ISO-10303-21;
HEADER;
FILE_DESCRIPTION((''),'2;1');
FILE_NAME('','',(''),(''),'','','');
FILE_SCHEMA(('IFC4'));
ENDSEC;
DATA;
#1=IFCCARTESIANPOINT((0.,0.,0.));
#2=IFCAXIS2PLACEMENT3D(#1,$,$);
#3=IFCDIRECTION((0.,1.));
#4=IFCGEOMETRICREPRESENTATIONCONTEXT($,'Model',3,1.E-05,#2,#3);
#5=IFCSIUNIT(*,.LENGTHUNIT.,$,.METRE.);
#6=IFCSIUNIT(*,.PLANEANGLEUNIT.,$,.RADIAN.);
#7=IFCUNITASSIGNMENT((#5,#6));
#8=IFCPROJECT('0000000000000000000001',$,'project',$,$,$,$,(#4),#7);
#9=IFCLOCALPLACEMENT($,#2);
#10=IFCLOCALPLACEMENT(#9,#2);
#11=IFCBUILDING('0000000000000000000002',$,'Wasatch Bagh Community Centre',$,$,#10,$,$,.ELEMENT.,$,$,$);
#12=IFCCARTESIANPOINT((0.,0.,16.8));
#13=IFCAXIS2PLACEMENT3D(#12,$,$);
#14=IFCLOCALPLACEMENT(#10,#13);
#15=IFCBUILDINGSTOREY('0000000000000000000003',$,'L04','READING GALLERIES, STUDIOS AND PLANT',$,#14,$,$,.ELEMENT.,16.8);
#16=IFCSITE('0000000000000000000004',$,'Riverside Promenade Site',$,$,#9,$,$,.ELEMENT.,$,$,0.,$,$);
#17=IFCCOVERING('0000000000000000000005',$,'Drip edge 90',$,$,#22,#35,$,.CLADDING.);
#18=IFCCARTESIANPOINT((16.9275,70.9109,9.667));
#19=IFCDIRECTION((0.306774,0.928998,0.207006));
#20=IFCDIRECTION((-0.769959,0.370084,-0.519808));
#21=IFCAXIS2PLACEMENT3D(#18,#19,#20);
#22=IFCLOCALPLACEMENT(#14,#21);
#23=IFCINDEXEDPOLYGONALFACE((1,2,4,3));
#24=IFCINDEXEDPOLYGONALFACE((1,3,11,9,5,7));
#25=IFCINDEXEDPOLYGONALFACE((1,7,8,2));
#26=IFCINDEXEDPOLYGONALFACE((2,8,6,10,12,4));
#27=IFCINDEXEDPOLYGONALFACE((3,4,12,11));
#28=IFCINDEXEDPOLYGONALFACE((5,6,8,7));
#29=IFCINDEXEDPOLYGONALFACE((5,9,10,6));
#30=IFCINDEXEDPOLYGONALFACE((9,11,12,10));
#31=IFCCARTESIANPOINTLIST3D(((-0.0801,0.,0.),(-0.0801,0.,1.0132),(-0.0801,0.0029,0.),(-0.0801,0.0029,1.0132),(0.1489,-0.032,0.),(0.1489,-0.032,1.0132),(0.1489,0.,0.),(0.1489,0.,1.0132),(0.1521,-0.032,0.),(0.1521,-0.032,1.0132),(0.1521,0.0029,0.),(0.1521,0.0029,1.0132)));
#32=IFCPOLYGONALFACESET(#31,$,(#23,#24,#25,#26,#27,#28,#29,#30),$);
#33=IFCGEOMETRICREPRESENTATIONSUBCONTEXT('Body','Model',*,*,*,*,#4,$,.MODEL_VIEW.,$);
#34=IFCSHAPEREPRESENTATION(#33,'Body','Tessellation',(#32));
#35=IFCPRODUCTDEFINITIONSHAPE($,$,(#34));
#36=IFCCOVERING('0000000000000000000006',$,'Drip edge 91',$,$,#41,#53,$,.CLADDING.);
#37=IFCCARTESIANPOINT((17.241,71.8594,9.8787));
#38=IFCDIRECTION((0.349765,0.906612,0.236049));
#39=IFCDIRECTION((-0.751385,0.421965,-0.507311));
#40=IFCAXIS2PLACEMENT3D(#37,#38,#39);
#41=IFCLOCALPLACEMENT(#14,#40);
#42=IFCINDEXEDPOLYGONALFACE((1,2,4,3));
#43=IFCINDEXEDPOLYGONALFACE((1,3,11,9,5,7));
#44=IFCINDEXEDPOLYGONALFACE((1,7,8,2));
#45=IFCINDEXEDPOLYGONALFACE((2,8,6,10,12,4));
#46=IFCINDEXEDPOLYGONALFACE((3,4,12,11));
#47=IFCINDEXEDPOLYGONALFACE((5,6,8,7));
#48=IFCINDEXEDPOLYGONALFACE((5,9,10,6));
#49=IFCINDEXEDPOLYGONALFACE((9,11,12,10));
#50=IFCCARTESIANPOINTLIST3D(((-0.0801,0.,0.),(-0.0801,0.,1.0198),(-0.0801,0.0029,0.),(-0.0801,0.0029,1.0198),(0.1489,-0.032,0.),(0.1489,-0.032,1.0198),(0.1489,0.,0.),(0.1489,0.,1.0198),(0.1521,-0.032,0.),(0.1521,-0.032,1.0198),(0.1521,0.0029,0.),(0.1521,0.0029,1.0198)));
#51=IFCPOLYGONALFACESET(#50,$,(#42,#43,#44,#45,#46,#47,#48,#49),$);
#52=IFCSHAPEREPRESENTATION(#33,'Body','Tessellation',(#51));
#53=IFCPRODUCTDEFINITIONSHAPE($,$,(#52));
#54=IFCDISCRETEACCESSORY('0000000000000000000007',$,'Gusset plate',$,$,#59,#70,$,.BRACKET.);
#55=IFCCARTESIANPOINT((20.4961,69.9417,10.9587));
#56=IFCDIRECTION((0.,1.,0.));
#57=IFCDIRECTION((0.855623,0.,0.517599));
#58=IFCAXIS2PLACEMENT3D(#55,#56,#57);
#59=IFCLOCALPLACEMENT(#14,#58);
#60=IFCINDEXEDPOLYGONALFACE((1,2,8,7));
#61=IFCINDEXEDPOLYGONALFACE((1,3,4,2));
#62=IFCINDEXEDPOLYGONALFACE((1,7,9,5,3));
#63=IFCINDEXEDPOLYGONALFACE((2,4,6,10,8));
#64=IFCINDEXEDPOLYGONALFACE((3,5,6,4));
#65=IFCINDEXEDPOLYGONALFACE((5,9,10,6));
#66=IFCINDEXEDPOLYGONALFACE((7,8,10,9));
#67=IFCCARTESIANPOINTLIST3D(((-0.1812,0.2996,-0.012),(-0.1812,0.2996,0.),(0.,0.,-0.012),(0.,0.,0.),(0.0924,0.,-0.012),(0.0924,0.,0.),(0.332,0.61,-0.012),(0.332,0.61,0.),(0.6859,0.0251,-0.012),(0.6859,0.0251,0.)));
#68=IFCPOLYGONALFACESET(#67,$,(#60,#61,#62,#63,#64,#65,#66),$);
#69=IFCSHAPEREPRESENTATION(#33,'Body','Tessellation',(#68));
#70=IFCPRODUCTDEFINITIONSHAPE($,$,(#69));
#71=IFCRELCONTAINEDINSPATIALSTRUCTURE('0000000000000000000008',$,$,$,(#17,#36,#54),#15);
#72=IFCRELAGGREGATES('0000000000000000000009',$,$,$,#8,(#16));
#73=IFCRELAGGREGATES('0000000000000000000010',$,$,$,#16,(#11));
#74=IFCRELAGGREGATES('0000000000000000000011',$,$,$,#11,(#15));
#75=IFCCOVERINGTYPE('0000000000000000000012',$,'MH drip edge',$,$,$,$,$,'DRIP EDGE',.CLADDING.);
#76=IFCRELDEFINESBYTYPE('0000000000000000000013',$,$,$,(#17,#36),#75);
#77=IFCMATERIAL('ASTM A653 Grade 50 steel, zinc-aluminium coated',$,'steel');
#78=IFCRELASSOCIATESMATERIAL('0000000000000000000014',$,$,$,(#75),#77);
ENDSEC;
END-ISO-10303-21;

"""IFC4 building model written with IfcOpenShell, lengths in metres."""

from ifc_helpers import new_model, si_unit, direction, frame, origin, place, context, subcontext, project, spatial, polyline, outline, extrude, material, material_profile, profile_set, type_object, element, save


model = new_model("IFC4")

# Units and contexts
model_context = context("Model", 3, precision=1e-05, world=origin(), true_north=direction((0.0, 1.0)))
body_context = subcontext(model_context, "Body", "Model", "MODEL_VIEW")
ifc_project = project(units=[si_unit("LENGTHUNIT", "METRE"), si_unit("PLANEANGLEUNIT", "RADIAN")], contexts=[model_context])

# Site, building, storey
site_placement = place(None, origin())
site = spatial("IfcSite", under=ifc_project, at=site_placement, Name="Riverside Promenade Site", CompositionType="ELEMENT", RefElevation=0.0)
building_placement = place(site_placement, origin())
building = spatial("IfcBuilding", under=site, at=building_placement, Name="Wasatch Bagh Community Centre", CompositionType="ELEMENT")
storey_placement = place(building_placement, frame((0.0, 0.0, 16.8)))
storey = spatial("IfcBuildingStorey", under=building, at=storey_placement, Name="L04", Description="READING GALLERIES, STUDIOS AND PLANT", CompositionType="ELEMENT", Elevation=16.8)

# Coverings
ifc_material_1 = material(Name="ASTM A653 Grade 50 steel, zinc-aluminium coated", Category="steel")
ifc_material_profile_1 = material_profile(ifc_material_1, outline(polyline([(-0.0801, 0.0029), (0.1521, 0.0029), (0.1521, -0.032), (0.1489, -0.032), (0.1489, 0.0), (-0.0801, 0.0), (-0.0801, 0.0029)])), Name="DRIP EDGE")
ifc_profile_set_1 = profile_set([ifc_material_profile_1], Name="ASTM A653 Grade 50 steel, zinc-aluminium coated")
covering_type_1 = type_object("IfcCoveringType", Name="MH drip edge", ElementType="DRIP EDGE", PredefinedType="CLADDING", material=ifc_profile_set_1)
covering_1_placement = place(storey_placement, frame((16.9275, 70.9109, 9.667), z_axis=(0.306774, 0.928998, 0.207006), x_axis=(-0.769959, 0.370084, -0.519808)))
element("IfcCovering", 1, at=covering_1_placement, inside=storey, type_object=covering_type_1, Name="Drip edge 90", PredefinedType="CLADDING", context=body_context, shape_type="SweptSolid", body=[
    extrude(outline(polyline([(-0.0801, 0.0029), (0.1521, 0.0029), (0.1521, -0.032), (0.1489, -0.032), (0.1489, 0.0), (-0.0801, 0.0), (-0.0801, 0.0029)])), origin(), (0.0, 0.0, 1.0), 1.0132),
])
covering_2_placement = place(storey_placement, frame((17.241, 71.8594, 9.8787), z_axis=(0.349765, 0.906612, 0.236049), x_axis=(-0.751385, 0.421965, -0.507311)))
element("IfcCovering", 2, at=covering_2_placement, inside=storey, type_object=covering_type_1, Name="Drip edge 91", PredefinedType="CLADDING", context=body_context, shape_type="SweptSolid", body=[
    extrude(outline(polyline([(-0.0801, 0.0029), (0.1521, 0.0029), (0.1521, -0.032), (0.1489, -0.032), (0.1489, 0.0), (-0.0801, 0.0), (-0.0801, 0.0029)])), origin(), (0.0, 0.0, 1.0), 1.0198),
])

# Discrete accessory
discrete_accessory_1_placement = place(storey_placement, frame((20.4961, 69.9417, 10.9587), z_axis=(0.0, 1.0, 0.0), x_axis=(0.855623, 0.0, 0.517599)))
element("IfcDiscreteAccessory", 3, at=discrete_accessory_1_placement, inside=storey, Name="Gusset plate", PredefinedType="BRACKET", context=body_context, shape_type="SweptSolid", body=[
    extrude(outline(polyline([(0.0, 0.0), (0.0924, 0.0), (0.6859, 0.0251), (0.332, 0.61), (-0.1812, 0.2996), (0.0, 0.0)])), origin(), (0.0, 0.0, -1.0), 0.012),
])

save(model, "model.ifc")
